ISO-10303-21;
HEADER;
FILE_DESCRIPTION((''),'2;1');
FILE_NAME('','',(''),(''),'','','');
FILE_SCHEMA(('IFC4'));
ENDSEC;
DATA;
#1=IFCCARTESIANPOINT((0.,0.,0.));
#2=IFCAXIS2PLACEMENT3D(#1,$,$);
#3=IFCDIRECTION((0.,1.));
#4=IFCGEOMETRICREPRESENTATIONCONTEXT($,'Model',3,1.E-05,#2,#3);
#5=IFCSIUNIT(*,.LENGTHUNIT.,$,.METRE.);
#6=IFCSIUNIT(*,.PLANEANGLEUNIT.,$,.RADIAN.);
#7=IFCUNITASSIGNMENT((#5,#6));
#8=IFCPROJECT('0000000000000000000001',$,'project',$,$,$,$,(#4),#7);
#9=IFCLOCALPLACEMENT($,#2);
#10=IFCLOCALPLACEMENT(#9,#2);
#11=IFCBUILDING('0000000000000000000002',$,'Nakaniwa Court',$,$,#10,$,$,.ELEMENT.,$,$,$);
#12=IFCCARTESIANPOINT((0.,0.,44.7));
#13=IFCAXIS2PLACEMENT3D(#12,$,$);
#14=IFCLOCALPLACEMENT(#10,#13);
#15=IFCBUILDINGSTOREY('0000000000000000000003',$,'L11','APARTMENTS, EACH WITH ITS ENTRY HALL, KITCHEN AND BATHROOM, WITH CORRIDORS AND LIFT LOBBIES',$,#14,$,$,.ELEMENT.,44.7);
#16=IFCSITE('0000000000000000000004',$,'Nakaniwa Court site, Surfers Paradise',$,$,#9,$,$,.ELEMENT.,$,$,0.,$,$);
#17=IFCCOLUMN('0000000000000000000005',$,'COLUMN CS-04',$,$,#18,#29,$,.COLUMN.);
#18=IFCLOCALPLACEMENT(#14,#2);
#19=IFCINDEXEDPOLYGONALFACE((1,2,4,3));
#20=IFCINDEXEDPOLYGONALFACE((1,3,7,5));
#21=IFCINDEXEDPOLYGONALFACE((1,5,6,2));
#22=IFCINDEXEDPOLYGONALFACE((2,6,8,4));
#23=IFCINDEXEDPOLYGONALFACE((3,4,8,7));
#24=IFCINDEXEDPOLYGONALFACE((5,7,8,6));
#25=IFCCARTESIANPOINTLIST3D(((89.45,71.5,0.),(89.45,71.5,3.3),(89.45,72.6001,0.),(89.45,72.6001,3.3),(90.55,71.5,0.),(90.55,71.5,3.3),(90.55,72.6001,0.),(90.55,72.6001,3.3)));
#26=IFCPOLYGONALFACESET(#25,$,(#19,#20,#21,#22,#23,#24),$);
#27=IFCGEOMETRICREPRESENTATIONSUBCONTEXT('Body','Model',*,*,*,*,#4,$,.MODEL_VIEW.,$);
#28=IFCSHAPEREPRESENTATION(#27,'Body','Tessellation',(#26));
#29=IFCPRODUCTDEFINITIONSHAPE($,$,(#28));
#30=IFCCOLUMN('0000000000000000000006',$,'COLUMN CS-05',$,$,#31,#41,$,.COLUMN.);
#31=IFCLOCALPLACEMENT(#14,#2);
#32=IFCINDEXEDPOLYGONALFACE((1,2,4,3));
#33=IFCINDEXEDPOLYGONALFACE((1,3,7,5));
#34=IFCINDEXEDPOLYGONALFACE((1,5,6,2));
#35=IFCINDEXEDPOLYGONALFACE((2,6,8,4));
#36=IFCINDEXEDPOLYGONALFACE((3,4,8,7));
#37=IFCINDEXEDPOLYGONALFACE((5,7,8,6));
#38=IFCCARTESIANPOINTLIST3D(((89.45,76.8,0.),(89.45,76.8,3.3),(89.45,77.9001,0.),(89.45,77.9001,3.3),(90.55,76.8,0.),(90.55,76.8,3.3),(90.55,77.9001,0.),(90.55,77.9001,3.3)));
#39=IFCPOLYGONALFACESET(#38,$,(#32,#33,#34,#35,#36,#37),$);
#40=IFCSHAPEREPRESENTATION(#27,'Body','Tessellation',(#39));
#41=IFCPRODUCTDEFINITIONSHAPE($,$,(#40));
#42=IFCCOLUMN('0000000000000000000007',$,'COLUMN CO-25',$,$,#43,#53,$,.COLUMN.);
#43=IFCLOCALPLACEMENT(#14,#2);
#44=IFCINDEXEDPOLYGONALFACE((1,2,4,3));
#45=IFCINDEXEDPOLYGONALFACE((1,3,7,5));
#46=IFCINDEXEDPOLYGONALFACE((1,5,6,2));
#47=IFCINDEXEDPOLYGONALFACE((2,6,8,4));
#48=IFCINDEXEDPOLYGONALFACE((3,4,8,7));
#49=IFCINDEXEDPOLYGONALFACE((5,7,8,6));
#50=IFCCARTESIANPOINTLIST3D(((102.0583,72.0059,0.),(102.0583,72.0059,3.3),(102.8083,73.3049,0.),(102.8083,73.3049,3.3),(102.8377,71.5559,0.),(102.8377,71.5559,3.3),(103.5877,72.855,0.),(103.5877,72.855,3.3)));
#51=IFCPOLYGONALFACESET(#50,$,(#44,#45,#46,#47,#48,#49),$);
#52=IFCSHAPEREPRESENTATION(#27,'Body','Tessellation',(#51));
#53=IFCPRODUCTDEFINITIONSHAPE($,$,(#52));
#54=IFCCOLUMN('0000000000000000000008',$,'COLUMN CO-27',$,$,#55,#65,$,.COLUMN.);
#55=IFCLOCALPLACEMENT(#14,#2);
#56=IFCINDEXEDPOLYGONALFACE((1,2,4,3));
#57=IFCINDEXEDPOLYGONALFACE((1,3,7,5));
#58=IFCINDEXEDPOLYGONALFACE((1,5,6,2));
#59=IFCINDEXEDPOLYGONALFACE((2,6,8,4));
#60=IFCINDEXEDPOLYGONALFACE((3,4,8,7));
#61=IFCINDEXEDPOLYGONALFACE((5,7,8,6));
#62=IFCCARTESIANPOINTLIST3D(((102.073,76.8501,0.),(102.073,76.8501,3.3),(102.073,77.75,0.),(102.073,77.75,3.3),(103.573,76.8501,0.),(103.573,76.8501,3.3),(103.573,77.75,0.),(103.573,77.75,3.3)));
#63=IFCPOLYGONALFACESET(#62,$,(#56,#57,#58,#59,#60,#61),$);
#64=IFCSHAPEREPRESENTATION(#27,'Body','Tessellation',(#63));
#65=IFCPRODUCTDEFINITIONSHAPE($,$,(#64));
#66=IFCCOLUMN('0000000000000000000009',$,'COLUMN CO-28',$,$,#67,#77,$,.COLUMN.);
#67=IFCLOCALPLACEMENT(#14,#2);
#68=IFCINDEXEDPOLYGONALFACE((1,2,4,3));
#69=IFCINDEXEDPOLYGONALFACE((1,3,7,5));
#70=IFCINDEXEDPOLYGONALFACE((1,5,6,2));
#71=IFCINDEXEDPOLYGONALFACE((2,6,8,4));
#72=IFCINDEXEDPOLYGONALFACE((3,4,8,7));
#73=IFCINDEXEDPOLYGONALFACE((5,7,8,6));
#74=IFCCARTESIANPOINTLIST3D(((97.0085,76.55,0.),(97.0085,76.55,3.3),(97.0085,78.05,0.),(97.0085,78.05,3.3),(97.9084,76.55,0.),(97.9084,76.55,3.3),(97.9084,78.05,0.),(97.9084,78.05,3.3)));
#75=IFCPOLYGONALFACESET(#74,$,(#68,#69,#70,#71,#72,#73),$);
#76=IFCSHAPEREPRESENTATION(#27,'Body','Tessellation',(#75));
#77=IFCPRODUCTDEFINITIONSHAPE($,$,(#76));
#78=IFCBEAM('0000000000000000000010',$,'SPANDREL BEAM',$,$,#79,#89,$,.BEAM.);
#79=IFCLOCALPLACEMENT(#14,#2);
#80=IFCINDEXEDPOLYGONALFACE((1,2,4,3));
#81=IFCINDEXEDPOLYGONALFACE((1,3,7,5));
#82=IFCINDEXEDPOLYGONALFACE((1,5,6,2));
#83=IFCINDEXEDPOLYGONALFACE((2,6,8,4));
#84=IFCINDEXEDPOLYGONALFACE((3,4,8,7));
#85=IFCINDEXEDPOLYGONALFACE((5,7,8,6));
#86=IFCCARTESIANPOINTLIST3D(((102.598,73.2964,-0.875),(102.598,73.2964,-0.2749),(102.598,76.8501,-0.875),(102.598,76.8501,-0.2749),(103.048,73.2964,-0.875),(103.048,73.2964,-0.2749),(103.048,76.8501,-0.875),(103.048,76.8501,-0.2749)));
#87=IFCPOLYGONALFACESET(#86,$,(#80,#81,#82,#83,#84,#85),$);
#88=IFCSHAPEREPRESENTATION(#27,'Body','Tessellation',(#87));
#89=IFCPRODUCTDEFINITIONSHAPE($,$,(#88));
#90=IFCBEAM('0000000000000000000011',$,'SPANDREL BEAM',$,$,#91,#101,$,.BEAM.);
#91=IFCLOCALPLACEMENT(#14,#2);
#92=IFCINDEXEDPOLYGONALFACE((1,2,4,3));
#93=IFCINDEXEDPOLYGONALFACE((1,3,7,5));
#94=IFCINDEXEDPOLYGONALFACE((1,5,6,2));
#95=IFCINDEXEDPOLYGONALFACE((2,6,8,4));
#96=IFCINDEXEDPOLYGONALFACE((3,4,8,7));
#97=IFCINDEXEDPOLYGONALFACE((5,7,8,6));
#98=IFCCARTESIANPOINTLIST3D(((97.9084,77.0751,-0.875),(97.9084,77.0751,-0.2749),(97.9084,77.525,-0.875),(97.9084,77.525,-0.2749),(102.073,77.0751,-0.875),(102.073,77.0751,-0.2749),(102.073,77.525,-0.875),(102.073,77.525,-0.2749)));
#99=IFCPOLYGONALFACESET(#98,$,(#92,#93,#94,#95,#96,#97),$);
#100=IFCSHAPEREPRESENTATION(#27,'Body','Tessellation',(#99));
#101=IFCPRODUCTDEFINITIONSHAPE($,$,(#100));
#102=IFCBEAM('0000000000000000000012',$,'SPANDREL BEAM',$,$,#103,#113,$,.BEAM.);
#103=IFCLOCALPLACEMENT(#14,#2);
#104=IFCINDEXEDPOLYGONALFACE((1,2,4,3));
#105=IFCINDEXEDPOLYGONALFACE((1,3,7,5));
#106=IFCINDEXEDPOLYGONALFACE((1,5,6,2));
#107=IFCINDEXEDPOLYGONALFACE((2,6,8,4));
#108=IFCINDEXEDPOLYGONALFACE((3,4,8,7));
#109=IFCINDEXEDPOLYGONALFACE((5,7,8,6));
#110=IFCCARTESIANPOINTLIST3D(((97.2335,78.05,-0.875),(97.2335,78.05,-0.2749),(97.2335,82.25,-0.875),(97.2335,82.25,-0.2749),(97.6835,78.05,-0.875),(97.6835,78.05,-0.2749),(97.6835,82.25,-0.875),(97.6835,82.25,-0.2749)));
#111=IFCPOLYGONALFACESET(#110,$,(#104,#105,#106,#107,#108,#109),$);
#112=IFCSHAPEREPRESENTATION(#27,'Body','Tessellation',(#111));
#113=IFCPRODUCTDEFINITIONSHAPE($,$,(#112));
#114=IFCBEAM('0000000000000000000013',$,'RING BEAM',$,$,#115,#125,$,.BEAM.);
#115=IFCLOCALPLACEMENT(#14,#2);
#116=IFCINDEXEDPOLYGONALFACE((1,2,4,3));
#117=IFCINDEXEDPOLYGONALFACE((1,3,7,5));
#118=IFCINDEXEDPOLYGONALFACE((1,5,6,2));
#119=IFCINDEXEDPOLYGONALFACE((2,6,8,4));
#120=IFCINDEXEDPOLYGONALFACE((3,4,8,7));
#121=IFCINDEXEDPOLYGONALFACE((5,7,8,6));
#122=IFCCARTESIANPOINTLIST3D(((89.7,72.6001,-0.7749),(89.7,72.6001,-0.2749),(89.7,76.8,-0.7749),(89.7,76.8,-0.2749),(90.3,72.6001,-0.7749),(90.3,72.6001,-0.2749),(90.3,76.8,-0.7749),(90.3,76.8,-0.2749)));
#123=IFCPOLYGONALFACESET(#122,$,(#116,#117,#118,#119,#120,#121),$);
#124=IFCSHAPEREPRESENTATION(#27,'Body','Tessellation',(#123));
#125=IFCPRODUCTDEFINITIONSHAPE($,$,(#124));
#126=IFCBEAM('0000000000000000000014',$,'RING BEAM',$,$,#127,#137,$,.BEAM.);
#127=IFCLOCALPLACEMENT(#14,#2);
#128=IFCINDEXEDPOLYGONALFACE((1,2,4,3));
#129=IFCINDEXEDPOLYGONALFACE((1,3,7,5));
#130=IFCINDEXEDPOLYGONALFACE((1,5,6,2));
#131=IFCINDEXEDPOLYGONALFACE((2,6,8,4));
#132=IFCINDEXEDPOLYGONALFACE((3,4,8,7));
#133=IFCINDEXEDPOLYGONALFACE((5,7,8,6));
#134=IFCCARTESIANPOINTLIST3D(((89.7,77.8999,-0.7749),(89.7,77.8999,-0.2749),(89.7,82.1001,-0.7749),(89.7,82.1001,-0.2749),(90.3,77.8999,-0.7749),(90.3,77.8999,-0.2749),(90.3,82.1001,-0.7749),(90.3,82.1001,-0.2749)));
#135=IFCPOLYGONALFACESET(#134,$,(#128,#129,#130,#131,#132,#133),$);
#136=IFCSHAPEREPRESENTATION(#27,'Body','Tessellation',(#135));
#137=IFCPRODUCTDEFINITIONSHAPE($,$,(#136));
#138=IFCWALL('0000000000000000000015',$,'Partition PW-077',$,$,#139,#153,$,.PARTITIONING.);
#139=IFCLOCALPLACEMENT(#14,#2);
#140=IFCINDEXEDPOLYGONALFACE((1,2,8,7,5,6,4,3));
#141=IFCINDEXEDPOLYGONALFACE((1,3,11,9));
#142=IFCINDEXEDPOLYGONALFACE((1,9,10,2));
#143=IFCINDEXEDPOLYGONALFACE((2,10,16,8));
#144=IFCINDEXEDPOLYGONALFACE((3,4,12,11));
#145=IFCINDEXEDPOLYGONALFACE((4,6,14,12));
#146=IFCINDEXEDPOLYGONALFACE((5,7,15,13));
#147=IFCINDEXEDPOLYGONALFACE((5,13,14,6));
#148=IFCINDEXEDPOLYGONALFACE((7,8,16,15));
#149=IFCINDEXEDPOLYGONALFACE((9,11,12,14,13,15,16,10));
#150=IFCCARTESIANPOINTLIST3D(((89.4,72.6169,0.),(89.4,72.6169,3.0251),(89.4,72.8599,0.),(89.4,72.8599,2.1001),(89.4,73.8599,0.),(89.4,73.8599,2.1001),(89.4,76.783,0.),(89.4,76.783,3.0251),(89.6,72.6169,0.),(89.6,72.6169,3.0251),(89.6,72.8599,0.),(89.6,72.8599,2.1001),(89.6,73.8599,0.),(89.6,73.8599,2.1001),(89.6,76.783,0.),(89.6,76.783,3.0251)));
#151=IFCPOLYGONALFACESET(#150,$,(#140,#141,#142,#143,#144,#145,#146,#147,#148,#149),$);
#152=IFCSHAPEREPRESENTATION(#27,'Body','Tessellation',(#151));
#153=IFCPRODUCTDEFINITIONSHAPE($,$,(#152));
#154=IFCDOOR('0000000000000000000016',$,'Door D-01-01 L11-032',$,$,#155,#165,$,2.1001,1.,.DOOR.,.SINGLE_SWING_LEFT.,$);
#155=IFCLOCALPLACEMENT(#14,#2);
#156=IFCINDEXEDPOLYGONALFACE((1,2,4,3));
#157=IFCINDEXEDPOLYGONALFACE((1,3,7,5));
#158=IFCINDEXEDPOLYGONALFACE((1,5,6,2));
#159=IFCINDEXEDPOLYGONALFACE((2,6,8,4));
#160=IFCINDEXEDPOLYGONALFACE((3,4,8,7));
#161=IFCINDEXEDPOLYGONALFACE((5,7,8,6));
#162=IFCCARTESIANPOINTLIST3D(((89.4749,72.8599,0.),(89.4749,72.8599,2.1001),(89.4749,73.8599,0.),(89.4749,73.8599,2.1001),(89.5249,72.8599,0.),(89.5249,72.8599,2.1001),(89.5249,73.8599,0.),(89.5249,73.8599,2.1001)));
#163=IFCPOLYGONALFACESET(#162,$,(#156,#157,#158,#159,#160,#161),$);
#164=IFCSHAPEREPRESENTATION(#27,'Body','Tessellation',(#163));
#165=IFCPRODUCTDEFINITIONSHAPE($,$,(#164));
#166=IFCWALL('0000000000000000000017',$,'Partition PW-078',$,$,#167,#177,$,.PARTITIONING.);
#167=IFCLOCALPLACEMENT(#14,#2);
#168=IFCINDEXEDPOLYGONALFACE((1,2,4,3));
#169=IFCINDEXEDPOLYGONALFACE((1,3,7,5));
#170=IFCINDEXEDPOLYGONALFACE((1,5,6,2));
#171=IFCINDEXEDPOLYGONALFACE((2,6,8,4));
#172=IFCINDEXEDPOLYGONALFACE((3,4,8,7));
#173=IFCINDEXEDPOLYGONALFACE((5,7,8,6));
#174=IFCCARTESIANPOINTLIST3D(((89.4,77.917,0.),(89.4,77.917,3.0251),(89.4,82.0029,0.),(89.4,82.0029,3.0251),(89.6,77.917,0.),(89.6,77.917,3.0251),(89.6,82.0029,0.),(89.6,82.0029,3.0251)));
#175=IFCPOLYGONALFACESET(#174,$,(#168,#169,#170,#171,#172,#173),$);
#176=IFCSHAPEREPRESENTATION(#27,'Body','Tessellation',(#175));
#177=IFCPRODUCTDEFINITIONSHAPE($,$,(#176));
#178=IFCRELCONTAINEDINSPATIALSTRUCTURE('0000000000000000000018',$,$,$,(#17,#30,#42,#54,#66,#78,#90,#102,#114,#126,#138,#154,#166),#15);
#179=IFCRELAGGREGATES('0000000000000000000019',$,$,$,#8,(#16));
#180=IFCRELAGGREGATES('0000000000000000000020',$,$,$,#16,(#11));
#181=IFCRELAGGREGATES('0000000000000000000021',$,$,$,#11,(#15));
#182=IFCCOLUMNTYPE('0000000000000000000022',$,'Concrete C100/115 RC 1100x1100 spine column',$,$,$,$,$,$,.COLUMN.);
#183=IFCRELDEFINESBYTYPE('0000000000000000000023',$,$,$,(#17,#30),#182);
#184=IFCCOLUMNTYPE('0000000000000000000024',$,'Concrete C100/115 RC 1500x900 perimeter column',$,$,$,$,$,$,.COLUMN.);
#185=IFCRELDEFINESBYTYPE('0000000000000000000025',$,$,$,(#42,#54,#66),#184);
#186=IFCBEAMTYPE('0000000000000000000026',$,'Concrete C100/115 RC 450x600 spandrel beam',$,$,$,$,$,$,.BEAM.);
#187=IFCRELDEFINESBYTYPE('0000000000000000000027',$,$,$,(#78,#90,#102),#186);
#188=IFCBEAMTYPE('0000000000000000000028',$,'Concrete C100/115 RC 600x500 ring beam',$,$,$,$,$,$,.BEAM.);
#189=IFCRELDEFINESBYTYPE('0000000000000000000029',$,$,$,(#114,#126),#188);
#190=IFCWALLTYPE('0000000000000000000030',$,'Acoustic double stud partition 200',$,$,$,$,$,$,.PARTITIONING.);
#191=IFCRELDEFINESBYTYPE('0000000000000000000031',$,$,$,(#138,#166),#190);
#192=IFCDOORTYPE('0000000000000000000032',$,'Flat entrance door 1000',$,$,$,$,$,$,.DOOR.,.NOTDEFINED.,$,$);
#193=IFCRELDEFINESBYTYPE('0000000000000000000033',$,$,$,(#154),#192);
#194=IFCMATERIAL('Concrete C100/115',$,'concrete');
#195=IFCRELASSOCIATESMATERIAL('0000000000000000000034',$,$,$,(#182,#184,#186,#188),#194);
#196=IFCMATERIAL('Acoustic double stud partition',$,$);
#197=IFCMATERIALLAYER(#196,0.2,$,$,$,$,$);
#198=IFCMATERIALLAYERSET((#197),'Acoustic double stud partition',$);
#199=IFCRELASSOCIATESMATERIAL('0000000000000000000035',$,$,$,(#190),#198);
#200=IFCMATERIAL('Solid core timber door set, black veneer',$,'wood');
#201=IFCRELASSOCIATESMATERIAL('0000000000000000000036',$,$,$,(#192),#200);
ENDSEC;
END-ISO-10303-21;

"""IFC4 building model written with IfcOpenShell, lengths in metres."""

from ifc_helpers import new_model, si_unit, direction, frame, frame_2d, origin, origin_2d, place, context, subcontext, project, spatial, rectangle, extrude, material, layer, layer_set, material_profile, profile_set, type_object, element, fill, save


model = new_model("IFC4")

# Units and contexts
model_context = context("Model", 3, precision=1e-05, world=origin(), true_north=direction((0.0, 1.0)))
body_context = subcontext(model_context, "Body", "Model", "MODEL_VIEW")
ifc_project = project(units=[si_unit("LENGTHUNIT", "METRE"), si_unit("PLANEANGLEUNIT", "RADIAN")], contexts=[model_context])

# Site, building, storey
site_placement = place(None, origin())
site = spatial("IfcSite", under=ifc_project, at=site_placement, Name="Nakaniwa Court site, Surfers Paradise", CompositionType="ELEMENT", RefElevation=0.0)
building_placement = place(site_placement, origin())
building = spatial("IfcBuilding", under=site, at=building_placement, Name="Nakaniwa Court", CompositionType="ELEMENT")
storey_placement = place(building_placement, frame((0.0, 0.0, 44.7)))
storey = spatial("IfcBuildingStorey", under=building, at=storey_placement, Name="L11", Description="APARTMENTS, EACH WITH ITS ENTRY HALL, KITCHEN AND BATHROOM, WITH CORRIDORS AND LIFT LOBBIES", CompositionType="ELEMENT", Elevation=44.7)

# Columns
ifc_material_1 = material(Name="Concrete C100/115", Category="concrete")
ifc_material_profile_1 = material_profile(ifc_material_1, rectangle(XDim=1.1001, YDim=1.1001, at=origin_2d()), Name="Concrete C100/115 RC 1100x1100 spine column")
ifc_profile_set_1 = profile_set([ifc_material_profile_1], Name="Concrete C100/115")
column_type_1 = type_object("IfcColumnType", Name="Concrete C100/115 RC 1100x1100 spine column", PredefinedType="COLUMN", material=ifc_profile_set_1)
for number, where, z_axis, x_axis, name in (
    (1, (90.0, 72.05, 0.0), (0.0, 0.0, 1.0), (0.0, 1.0, 0.0), "COLUMN CS-04"),
    (2, (90.0, 77.3501, 0.0), (0.0, 0.0, 1.0), (0.0, 1.0, 0.0), "COLUMN CS-05"),
):
    element("IfcColumn", number, at=place(storey_placement, frame(where, z_axis=z_axis, x_axis=x_axis)), inside=storey, type_object=column_type_1, Name=name, PredefinedType="COLUMN", context=body_context, shape_type="SweptSolid", body=[
        extrude(rectangle(XDim=1.1001, YDim=1.1001, at=origin_2d()), origin(), (0.0, 0.0, 1.0), 3.3),
    ])
ifc_material_profile_2 = material_profile(ifc_material_1, rectangle(XDim=1.5, YDim=0.8999, at=origin_2d()), Name="Concrete C100/115 RC 1500x900 perimeter column")
ifc_profile_set_2 = profile_set([ifc_material_profile_2], Name="Concrete C100/115")
column_type_2 = type_object("IfcColumnType", Name="Concrete C100/115 RC 1500x900 perimeter column", PredefinedType="COLUMN", material=ifc_profile_set_2)
for number, where, z_axis, x_axis, name in (
    (3, (102.823, 72.4304, 0.0), (0.0, 0.0, 1.0), (0.5, 0.866025, 0.0), "COLUMN CO-25"),
    (4, (102.823, 77.3, 0.0), (0.0, 0.0, 1.0), (-1.0, 0.0, 0.0), "COLUMN CO-27"),
    (5, (97.4585, 77.3, 0.0), (0.0, 0.0, 1.0), (0.0, 1.0, 0.0), "COLUMN CO-28"),
):
    element("IfcColumn", number, at=place(storey_placement, frame(where, z_axis=z_axis, x_axis=x_axis)), inside=storey, type_object=column_type_2, Name=name, PredefinedType="COLUMN", context=body_context, shape_type="SweptSolid", body=[
        extrude(rectangle(XDim=1.5, YDim=0.8999, at=origin_2d()), origin(), (0.0, 0.0, 1.0), 3.3),
    ])

# Beams
ifc_material_profile_3 = material_profile(ifc_material_1, rectangle(XDim=0.45, YDim=0.6001, at=origin_2d()), Name="Concrete C100/115 RC 450x600 spandrel beam")
ifc_profile_set_3 = profile_set([ifc_material_profile_3], Name="Concrete C100/115")
beam_type_1 = type_object("IfcBeamType", Name="Concrete C100/115 RC 450x600 spandrel beam", PredefinedType="BEAM", material=ifc_profile_set_3)
beam_1_placement = place(storey_placement, frame((102.823, 73.2964, -0.575), z_axis=(0.0, 1.0, 0.0), x_axis=(-1.0, 0.0, 0.0)))
element("IfcBeam", 6, at=beam_1_placement, inside=storey, type_object=beam_type_1, Name="SPANDREL BEAM", PredefinedType="BEAM", context=body_context, shape_type="SweptSolid", body=[
    extrude(rectangle(XDim=0.45, YDim=0.6001, at=origin_2d()), origin(), (0.0, 0.0, 1.0), 3.5537),
])
beam_2_placement = place(storey_placement, frame((102.073, 77.3, -0.575), z_axis=(-1.0, 0.0, 0.0), x_axis=(0.0, -1.0, 0.0)))
element("IfcBeam", 7, at=beam_2_placement, inside=storey, type_object=beam_type_1, Name="SPANDREL BEAM", PredefinedType="BEAM", context=body_context, shape_type="SweptSolid", body=[
    extrude(rectangle(XDim=0.45, YDim=0.6001, at=origin_2d()), origin(), (0.0, 0.0, 1.0), 4.1646),
])
beam_3_placement = place(storey_placement, frame((97.4585, 78.05, -0.575), z_axis=(0.0, 1.0, 0.0), x_axis=(-1.0, 0.0, 0.0)))
element("IfcBeam", 8, at=beam_3_placement, inside=storey, type_object=beam_type_1, Name="SPANDREL BEAM", PredefinedType="BEAM", context=body_context, shape_type="SweptSolid", body=[
    extrude(rectangle(XDim=0.45, YDim=0.6001, at=origin_2d()), origin(), (0.0, 0.0, 1.0), 4.2),
])
ifc_material_profile_4 = material_profile(ifc_material_1, rectangle(XDim=0.6001, YDim=0.5, at=origin_2d()), Name="Concrete C100/115 RC 600x500 ring beam")
ifc_profile_set_4 = profile_set([ifc_material_profile_4], Name="Concrete C100/115")
beam_type_2 = type_object("IfcBeamType", Name="Concrete C100/115 RC 600x500 ring beam", PredefinedType="BEAM", material=ifc_profile_set_4)
beam_4_placement = place(storey_placement, frame((90.0, 72.6001, -0.5249), z_axis=(0.0, 1.0, 0.0), x_axis=(-1.0, 0.0, 0.0)))
element("IfcBeam", 9, at=beam_4_placement, inside=storey, type_object=beam_type_2, Name="RING BEAM", PredefinedType="BEAM", context=body_context, shape_type="SweptSolid", body=[
    extrude(rectangle(XDim=0.6001, YDim=0.5, at=origin_2d()), origin(), (0.0, 0.0, 1.0), 4.2),
])
beam_5_placement = place(storey_placement, frame((90.0, 77.8999, -0.5249), z_axis=(0.0, 1.0, 0.0), x_axis=(-1.0, 0.0, 0.0)))
element("IfcBeam", 10, at=beam_5_placement, inside=storey, type_object=beam_type_2, Name="RING BEAM", PredefinedType="BEAM", context=body_context, shape_type="SweptSolid", body=[
    extrude(rectangle(XDim=0.6001, YDim=0.5, at=origin_2d()), origin(), (0.0, 0.0, 1.0), 4.2002),
])

# Wall, opening, door
ifc_material_2 = material(Name="Acoustic double stud partition")
ifc_layer_1 = layer(ifc_material_2, 0.2)
ifc_layer_set_1 = layer_set([ifc_layer_1], Name="Acoustic double stud partition")
wall_type_1 = type_object("IfcWallType", Name="Acoustic double stud partition 200", PredefinedType="PARTITIONING", material=ifc_layer_set_1)
wall_1_placement = place(storey_placement, frame((89.5, 76.783, 0.0), z_axis=(0.0, 0.0, 1.0), x_axis=(0.0, -1.0, 0.0)))
wall_1 = element("IfcWall", 11, at=wall_1_placement, inside=storey, type_object=wall_type_1, Name="Partition PW-077", PredefinedType="PARTITIONING", context=body_context, shape_type="SweptSolid", body=[
    extrude(rectangle(XDim=4.166, YDim=0.2, at=frame_2d((2.083, 0.0))), origin(), (0.0, 0.0, 1.0), 3.0251),
])
opening_1_placement = place(wall_1_placement, frame((2.9231, 0.0, 0.0)))
opening_1 = element("IfcOpeningElement", 12, at=opening_1_placement, cuts=wall_1, PredefinedType="OPENING", context=body_context, shape_type="SweptSolid", body=[
    extrude(rectangle(XDim=1.0, YDim=2.1001, at=frame_2d((0.5, 1.05))), frame((0.0, 0.1099, 0.0), z_axis=(0.0, -1.0, 0.0), x_axis=(1.0, 0.0, 0.0)), (0.0, 0.0, 1.0), 0.22),
])
ifc_material_3 = material(Name="Solid core timber door set, black veneer", Category="wood")
door_type_1 = type_object("IfcDoorType", Name="Flat entrance door 1000", OperationType="NOTDEFINED", PredefinedType="DOOR", material=ifc_material_3)
door_1_placement = place(opening_1_placement, origin())
door_1 = element("IfcDoor", 13, at=door_1_placement, inside=storey, type_object=door_type_1, Name="Door D-01-01 L11-032", OperationType="SINGLE_SWING_LEFT", OverallHeight=2.1001, OverallWidth=1.0, PredefinedType="DOOR", context=body_context, shape_type="SweptSolid", body=[
    extrude(rectangle(XDim=1.0, YDim=2.1001, at=frame_2d((0.5, 1.05))), frame((0.0, 0.0249, 0.0), z_axis=(0.0, -1.0, 0.0), x_axis=(1.0, 0.0, 0.0)), (0.0, 0.0, 1.0), 0.05),
])
fill(opening_1, door_1)

# Wall
wall_2_placement = place(storey_placement, frame((89.5, 77.917, 0.0), z_axis=(0.0, 0.0, 1.0), x_axis=(0.0, 1.0, 0.0)))
element("IfcWall", 14, at=wall_2_placement, inside=storey, type_object=wall_type_1, Name="Partition PW-078", PredefinedType="PARTITIONING", context=body_context, shape_type="SweptSolid", body=[
    extrude(rectangle(XDim=4.0859, YDim=0.2, at=frame_2d((2.043, 0.0))), origin(), (0.0, 0.0, 1.0), 3.0251),
])

save(model, "model.ifc")
